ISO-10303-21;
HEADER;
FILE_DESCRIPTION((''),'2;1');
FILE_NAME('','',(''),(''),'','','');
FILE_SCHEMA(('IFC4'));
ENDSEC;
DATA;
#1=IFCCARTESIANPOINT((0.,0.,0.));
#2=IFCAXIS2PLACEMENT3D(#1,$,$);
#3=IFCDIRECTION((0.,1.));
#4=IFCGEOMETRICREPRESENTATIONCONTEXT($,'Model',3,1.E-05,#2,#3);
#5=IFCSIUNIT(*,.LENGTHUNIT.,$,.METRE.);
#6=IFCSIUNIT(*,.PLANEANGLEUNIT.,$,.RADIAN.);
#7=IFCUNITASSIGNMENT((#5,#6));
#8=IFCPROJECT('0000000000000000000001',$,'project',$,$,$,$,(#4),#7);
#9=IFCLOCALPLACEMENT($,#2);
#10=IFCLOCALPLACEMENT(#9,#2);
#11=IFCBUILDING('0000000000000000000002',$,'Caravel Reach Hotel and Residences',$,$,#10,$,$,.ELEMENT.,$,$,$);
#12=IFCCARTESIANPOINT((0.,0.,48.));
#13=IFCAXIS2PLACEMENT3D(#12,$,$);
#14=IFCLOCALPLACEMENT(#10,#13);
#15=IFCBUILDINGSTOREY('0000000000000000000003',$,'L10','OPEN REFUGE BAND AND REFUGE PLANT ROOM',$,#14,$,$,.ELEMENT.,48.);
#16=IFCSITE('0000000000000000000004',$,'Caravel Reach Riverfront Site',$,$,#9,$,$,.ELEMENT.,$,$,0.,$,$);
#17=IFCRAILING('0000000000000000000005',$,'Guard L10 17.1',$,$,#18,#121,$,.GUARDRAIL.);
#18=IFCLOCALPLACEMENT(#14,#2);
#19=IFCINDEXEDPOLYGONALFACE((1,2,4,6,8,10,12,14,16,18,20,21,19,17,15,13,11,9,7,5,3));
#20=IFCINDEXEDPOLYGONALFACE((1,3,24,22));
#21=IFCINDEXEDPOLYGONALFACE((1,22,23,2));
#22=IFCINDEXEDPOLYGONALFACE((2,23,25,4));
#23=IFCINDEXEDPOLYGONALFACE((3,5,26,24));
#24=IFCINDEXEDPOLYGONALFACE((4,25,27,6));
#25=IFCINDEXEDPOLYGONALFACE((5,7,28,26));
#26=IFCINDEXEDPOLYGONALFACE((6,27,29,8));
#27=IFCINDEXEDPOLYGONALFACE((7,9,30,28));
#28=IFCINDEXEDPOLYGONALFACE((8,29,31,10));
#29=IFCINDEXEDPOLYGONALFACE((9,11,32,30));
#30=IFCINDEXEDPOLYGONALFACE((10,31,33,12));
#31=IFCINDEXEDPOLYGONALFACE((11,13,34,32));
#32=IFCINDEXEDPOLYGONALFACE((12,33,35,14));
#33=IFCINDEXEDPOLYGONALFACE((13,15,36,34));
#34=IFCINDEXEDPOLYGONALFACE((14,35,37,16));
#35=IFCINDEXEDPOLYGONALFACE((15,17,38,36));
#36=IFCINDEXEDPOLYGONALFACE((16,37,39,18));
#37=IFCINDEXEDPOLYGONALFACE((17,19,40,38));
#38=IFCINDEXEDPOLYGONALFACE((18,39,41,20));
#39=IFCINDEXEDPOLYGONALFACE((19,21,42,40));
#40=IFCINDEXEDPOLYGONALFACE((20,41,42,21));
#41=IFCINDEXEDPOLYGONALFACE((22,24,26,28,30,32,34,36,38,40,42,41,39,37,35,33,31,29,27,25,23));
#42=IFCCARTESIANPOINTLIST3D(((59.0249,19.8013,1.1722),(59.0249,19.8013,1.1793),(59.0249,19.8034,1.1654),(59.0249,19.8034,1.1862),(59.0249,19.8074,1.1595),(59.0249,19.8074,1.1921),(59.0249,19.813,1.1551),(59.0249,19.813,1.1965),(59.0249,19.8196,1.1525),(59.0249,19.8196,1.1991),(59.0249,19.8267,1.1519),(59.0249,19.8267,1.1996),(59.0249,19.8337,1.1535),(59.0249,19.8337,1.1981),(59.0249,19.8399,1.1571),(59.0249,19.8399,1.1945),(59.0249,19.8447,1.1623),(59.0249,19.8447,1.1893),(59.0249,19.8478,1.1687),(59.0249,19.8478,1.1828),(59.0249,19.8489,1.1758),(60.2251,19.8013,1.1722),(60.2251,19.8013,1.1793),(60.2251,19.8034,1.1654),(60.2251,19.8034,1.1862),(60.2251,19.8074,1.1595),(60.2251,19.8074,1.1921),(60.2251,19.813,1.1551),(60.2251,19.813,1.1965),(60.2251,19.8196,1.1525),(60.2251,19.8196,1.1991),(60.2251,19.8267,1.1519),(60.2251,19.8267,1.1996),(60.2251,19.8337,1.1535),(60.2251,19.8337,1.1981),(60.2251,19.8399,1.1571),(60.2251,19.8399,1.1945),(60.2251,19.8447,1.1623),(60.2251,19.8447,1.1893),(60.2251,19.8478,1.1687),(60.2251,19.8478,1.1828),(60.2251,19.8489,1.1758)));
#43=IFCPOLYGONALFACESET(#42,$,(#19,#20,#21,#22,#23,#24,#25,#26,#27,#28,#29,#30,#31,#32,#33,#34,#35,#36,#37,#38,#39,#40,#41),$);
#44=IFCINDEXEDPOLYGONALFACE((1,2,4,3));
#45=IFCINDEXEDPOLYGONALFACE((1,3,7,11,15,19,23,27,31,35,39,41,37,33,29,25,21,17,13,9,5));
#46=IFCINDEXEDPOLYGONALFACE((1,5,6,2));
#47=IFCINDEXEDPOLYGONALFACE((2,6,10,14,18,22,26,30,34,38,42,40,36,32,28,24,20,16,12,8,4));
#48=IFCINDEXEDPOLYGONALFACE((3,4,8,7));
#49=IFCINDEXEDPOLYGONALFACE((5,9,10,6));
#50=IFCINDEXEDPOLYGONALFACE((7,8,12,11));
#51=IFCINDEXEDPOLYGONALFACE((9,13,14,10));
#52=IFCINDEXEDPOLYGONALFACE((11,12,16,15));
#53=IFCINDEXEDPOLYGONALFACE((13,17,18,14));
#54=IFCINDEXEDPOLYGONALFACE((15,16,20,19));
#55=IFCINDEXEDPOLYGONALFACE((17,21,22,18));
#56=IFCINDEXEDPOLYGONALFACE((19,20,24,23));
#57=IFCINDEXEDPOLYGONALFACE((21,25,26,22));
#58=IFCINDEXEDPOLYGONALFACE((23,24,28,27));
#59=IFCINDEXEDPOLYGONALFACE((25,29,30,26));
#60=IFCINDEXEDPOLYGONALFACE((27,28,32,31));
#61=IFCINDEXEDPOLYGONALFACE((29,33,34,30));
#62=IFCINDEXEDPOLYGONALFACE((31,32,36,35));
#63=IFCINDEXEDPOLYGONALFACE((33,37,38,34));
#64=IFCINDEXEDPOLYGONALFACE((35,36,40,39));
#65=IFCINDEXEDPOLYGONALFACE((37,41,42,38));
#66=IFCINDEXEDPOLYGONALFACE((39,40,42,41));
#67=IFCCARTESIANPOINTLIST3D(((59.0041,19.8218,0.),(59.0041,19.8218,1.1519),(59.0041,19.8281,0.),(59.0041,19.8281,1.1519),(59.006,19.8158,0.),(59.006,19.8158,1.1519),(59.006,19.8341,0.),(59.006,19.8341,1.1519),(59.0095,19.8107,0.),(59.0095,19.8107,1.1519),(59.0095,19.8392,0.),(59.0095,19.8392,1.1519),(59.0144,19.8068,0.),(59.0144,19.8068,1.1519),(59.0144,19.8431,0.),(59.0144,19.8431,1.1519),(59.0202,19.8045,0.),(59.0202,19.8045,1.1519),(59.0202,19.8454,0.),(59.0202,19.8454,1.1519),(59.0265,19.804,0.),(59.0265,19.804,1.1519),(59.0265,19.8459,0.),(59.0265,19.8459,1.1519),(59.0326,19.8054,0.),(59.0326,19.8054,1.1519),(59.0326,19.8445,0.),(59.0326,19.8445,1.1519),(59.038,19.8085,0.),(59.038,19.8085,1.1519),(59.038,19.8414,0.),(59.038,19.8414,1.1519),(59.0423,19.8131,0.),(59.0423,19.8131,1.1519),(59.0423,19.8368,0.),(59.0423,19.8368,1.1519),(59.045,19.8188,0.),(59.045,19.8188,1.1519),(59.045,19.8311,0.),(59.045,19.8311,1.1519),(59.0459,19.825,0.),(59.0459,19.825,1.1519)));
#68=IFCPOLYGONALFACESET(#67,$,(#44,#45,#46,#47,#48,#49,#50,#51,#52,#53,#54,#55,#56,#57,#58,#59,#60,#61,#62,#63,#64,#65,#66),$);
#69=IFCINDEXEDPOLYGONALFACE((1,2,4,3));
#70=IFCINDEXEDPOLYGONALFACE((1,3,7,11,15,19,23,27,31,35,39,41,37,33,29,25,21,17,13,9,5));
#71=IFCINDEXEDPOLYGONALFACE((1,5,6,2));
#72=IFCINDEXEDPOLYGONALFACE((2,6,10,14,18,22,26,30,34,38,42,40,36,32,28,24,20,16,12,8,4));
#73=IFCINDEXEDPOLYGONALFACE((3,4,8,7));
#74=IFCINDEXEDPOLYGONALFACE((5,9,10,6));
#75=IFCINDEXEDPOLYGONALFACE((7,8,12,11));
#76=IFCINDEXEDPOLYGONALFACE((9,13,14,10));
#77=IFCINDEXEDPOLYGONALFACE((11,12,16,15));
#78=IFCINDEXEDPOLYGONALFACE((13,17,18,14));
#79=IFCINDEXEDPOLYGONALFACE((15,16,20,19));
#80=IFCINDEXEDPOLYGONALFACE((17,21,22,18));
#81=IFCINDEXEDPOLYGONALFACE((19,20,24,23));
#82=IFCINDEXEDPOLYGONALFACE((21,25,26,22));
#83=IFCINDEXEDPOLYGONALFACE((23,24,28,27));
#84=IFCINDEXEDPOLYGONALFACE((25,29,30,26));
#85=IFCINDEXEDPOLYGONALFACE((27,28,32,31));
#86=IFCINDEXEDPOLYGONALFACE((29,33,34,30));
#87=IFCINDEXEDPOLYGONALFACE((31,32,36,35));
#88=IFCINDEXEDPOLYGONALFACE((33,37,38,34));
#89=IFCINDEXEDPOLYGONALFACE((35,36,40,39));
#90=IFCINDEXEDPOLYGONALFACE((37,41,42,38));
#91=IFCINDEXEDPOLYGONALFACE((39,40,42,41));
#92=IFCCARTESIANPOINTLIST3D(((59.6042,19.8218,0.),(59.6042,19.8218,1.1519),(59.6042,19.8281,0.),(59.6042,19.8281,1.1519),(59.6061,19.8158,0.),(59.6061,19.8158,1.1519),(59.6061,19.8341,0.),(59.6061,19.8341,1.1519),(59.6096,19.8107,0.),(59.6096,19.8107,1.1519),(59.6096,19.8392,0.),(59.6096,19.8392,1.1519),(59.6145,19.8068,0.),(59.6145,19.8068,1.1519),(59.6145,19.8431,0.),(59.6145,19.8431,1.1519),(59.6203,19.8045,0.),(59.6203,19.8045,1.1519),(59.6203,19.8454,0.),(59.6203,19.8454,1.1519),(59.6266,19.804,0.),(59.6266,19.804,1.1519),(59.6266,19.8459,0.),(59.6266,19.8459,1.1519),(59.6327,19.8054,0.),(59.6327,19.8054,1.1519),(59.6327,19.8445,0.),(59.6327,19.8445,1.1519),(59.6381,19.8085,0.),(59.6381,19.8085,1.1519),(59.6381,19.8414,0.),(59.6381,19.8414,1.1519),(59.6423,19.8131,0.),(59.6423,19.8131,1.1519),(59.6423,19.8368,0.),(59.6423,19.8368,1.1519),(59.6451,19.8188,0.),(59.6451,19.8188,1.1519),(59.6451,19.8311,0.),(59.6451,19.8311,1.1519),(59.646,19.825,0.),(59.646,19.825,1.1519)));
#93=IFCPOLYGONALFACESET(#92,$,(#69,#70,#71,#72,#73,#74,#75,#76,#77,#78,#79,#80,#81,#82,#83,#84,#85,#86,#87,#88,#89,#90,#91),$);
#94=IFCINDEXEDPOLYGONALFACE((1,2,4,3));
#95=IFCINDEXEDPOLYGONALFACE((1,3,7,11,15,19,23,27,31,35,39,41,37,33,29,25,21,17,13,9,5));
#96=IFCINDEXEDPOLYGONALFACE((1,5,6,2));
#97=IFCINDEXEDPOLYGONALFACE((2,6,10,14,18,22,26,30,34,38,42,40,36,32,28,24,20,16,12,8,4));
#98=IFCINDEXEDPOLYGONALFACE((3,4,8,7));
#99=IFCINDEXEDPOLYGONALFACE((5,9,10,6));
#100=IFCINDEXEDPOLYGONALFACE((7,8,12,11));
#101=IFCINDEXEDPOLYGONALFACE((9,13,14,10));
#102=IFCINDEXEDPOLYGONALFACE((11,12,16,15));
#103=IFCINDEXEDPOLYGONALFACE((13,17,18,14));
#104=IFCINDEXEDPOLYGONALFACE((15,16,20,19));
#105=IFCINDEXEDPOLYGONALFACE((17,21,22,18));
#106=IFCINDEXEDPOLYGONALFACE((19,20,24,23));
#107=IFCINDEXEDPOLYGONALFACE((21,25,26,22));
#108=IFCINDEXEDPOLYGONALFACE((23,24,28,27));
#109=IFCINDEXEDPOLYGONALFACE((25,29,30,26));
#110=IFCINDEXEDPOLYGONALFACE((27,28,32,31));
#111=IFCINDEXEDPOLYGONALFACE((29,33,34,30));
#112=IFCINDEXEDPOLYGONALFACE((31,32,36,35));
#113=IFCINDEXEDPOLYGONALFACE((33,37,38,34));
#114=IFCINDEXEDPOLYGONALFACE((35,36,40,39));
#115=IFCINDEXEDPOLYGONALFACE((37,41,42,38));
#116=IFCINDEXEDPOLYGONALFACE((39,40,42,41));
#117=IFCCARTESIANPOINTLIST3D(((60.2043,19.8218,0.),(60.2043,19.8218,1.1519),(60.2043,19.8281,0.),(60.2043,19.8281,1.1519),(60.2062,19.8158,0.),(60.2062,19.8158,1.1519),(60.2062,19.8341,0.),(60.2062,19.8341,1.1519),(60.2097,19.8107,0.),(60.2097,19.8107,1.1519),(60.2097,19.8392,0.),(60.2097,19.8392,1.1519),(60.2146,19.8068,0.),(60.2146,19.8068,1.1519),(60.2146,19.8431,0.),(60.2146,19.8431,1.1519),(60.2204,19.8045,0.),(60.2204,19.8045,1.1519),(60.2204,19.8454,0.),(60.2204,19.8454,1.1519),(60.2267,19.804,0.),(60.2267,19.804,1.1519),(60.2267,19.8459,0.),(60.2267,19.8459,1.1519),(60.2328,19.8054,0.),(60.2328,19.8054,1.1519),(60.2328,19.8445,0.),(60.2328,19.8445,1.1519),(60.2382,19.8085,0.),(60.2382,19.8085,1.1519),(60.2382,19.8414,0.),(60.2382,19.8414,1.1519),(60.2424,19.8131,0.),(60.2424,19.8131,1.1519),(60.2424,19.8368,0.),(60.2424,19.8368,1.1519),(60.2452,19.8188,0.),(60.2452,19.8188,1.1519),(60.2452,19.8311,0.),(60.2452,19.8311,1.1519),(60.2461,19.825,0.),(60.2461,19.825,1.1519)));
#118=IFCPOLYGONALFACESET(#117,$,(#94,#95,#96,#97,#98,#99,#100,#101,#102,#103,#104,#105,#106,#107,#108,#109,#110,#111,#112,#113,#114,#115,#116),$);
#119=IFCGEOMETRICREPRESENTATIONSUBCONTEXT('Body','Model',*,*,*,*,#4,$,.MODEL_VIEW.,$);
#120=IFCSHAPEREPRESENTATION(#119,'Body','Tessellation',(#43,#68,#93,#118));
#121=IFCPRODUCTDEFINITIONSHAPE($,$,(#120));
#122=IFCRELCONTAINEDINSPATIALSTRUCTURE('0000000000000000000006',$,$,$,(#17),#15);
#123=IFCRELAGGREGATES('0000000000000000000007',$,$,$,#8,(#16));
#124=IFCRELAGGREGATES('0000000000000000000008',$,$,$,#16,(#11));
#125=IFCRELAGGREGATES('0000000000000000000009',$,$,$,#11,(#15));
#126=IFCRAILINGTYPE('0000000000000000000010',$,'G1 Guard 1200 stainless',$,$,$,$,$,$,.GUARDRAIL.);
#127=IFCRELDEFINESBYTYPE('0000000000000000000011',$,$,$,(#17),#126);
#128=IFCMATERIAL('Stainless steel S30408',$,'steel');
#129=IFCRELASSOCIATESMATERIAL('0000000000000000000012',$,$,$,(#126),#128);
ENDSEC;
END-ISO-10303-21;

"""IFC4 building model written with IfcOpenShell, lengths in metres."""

from ifc_helpers import new_model, si_unit, direction, frame, origin, origin_2d, place, context, subcontext, project, spatial, circle, extrude, material, type_object, element, save


model = new_model("IFC4")

# Units and contexts
model_context = context("Model", 3, precision=1e-05, world=origin(), true_north=direction((0.0, 1.0)))
body_context = subcontext(model_context, "Body", "Model", "MODEL_VIEW")
ifc_project = project(units=[si_unit("LENGTHUNIT", "METRE"), si_unit("PLANEANGLEUNIT", "RADIAN")], contexts=[model_context])

# Site, building, storey
site_placement = place(None, origin())
site = spatial("IfcSite", under=ifc_project, at=site_placement, Name="Caravel Reach Riverfront Site", CompositionType="ELEMENT", RefElevation=0.0)
building_placement = place(site_placement, origin())
building = spatial("IfcBuilding", under=site, at=building_placement, Name="Caravel Reach Hotel and Residences", CompositionType="ELEMENT")
storey_placement = place(building_placement, frame((0.0, 0.0, 48.0)))
storey = spatial("IfcBuildingStorey", under=building, at=storey_placement, Name="L10", Description="OPEN REFUGE BAND AND REFUGE PLANT ROOM", CompositionType="ELEMENT", Elevation=48.0)

# Railing
ifc_material_1 = material(Name="Stainless steel S30408", Category="steel")
railing_type_1 = type_object("IfcRailingType", Name="G1 Guard 1200 stainless", PredefinedType="GUARDRAIL", material=ifc_material_1)
railing_1_placement = place(storey_placement, frame((59.0249, 19.825, 0.0)))
element("IfcRailing", 1, at=railing_1_placement, inside=storey, type_object=railing_type_1, Name="Guard L10 17.1", PredefinedType="GUARDRAIL", context=body_context, shape_type="SweptSolid", body=[
    extrude(circle(Radius=0.0239, at=origin_2d()), frame((0.0, 0.0, 1.1758), z_axis=(1.0, 0.0, 0.0), x_axis=(0.0, 1.0, 0.0)), (0.0, 0.0, 1.0), 1.2002),
    extrude(circle(Radius=0.021, at=origin_2d()), origin(), (0.0, 0.0, 1.0), 1.1519),
    extrude(circle(Radius=0.021, at=origin_2d()), frame((0.6001, 0.0, 0.0)), (0.0, 0.0, 1.0), 1.1519),
    extrude(circle(Radius=0.021, at=origin_2d()), frame((1.2002, 0.0, 0.0)), (0.0, 0.0, 1.0), 1.1519),
])

save(model, "model.ifc")
